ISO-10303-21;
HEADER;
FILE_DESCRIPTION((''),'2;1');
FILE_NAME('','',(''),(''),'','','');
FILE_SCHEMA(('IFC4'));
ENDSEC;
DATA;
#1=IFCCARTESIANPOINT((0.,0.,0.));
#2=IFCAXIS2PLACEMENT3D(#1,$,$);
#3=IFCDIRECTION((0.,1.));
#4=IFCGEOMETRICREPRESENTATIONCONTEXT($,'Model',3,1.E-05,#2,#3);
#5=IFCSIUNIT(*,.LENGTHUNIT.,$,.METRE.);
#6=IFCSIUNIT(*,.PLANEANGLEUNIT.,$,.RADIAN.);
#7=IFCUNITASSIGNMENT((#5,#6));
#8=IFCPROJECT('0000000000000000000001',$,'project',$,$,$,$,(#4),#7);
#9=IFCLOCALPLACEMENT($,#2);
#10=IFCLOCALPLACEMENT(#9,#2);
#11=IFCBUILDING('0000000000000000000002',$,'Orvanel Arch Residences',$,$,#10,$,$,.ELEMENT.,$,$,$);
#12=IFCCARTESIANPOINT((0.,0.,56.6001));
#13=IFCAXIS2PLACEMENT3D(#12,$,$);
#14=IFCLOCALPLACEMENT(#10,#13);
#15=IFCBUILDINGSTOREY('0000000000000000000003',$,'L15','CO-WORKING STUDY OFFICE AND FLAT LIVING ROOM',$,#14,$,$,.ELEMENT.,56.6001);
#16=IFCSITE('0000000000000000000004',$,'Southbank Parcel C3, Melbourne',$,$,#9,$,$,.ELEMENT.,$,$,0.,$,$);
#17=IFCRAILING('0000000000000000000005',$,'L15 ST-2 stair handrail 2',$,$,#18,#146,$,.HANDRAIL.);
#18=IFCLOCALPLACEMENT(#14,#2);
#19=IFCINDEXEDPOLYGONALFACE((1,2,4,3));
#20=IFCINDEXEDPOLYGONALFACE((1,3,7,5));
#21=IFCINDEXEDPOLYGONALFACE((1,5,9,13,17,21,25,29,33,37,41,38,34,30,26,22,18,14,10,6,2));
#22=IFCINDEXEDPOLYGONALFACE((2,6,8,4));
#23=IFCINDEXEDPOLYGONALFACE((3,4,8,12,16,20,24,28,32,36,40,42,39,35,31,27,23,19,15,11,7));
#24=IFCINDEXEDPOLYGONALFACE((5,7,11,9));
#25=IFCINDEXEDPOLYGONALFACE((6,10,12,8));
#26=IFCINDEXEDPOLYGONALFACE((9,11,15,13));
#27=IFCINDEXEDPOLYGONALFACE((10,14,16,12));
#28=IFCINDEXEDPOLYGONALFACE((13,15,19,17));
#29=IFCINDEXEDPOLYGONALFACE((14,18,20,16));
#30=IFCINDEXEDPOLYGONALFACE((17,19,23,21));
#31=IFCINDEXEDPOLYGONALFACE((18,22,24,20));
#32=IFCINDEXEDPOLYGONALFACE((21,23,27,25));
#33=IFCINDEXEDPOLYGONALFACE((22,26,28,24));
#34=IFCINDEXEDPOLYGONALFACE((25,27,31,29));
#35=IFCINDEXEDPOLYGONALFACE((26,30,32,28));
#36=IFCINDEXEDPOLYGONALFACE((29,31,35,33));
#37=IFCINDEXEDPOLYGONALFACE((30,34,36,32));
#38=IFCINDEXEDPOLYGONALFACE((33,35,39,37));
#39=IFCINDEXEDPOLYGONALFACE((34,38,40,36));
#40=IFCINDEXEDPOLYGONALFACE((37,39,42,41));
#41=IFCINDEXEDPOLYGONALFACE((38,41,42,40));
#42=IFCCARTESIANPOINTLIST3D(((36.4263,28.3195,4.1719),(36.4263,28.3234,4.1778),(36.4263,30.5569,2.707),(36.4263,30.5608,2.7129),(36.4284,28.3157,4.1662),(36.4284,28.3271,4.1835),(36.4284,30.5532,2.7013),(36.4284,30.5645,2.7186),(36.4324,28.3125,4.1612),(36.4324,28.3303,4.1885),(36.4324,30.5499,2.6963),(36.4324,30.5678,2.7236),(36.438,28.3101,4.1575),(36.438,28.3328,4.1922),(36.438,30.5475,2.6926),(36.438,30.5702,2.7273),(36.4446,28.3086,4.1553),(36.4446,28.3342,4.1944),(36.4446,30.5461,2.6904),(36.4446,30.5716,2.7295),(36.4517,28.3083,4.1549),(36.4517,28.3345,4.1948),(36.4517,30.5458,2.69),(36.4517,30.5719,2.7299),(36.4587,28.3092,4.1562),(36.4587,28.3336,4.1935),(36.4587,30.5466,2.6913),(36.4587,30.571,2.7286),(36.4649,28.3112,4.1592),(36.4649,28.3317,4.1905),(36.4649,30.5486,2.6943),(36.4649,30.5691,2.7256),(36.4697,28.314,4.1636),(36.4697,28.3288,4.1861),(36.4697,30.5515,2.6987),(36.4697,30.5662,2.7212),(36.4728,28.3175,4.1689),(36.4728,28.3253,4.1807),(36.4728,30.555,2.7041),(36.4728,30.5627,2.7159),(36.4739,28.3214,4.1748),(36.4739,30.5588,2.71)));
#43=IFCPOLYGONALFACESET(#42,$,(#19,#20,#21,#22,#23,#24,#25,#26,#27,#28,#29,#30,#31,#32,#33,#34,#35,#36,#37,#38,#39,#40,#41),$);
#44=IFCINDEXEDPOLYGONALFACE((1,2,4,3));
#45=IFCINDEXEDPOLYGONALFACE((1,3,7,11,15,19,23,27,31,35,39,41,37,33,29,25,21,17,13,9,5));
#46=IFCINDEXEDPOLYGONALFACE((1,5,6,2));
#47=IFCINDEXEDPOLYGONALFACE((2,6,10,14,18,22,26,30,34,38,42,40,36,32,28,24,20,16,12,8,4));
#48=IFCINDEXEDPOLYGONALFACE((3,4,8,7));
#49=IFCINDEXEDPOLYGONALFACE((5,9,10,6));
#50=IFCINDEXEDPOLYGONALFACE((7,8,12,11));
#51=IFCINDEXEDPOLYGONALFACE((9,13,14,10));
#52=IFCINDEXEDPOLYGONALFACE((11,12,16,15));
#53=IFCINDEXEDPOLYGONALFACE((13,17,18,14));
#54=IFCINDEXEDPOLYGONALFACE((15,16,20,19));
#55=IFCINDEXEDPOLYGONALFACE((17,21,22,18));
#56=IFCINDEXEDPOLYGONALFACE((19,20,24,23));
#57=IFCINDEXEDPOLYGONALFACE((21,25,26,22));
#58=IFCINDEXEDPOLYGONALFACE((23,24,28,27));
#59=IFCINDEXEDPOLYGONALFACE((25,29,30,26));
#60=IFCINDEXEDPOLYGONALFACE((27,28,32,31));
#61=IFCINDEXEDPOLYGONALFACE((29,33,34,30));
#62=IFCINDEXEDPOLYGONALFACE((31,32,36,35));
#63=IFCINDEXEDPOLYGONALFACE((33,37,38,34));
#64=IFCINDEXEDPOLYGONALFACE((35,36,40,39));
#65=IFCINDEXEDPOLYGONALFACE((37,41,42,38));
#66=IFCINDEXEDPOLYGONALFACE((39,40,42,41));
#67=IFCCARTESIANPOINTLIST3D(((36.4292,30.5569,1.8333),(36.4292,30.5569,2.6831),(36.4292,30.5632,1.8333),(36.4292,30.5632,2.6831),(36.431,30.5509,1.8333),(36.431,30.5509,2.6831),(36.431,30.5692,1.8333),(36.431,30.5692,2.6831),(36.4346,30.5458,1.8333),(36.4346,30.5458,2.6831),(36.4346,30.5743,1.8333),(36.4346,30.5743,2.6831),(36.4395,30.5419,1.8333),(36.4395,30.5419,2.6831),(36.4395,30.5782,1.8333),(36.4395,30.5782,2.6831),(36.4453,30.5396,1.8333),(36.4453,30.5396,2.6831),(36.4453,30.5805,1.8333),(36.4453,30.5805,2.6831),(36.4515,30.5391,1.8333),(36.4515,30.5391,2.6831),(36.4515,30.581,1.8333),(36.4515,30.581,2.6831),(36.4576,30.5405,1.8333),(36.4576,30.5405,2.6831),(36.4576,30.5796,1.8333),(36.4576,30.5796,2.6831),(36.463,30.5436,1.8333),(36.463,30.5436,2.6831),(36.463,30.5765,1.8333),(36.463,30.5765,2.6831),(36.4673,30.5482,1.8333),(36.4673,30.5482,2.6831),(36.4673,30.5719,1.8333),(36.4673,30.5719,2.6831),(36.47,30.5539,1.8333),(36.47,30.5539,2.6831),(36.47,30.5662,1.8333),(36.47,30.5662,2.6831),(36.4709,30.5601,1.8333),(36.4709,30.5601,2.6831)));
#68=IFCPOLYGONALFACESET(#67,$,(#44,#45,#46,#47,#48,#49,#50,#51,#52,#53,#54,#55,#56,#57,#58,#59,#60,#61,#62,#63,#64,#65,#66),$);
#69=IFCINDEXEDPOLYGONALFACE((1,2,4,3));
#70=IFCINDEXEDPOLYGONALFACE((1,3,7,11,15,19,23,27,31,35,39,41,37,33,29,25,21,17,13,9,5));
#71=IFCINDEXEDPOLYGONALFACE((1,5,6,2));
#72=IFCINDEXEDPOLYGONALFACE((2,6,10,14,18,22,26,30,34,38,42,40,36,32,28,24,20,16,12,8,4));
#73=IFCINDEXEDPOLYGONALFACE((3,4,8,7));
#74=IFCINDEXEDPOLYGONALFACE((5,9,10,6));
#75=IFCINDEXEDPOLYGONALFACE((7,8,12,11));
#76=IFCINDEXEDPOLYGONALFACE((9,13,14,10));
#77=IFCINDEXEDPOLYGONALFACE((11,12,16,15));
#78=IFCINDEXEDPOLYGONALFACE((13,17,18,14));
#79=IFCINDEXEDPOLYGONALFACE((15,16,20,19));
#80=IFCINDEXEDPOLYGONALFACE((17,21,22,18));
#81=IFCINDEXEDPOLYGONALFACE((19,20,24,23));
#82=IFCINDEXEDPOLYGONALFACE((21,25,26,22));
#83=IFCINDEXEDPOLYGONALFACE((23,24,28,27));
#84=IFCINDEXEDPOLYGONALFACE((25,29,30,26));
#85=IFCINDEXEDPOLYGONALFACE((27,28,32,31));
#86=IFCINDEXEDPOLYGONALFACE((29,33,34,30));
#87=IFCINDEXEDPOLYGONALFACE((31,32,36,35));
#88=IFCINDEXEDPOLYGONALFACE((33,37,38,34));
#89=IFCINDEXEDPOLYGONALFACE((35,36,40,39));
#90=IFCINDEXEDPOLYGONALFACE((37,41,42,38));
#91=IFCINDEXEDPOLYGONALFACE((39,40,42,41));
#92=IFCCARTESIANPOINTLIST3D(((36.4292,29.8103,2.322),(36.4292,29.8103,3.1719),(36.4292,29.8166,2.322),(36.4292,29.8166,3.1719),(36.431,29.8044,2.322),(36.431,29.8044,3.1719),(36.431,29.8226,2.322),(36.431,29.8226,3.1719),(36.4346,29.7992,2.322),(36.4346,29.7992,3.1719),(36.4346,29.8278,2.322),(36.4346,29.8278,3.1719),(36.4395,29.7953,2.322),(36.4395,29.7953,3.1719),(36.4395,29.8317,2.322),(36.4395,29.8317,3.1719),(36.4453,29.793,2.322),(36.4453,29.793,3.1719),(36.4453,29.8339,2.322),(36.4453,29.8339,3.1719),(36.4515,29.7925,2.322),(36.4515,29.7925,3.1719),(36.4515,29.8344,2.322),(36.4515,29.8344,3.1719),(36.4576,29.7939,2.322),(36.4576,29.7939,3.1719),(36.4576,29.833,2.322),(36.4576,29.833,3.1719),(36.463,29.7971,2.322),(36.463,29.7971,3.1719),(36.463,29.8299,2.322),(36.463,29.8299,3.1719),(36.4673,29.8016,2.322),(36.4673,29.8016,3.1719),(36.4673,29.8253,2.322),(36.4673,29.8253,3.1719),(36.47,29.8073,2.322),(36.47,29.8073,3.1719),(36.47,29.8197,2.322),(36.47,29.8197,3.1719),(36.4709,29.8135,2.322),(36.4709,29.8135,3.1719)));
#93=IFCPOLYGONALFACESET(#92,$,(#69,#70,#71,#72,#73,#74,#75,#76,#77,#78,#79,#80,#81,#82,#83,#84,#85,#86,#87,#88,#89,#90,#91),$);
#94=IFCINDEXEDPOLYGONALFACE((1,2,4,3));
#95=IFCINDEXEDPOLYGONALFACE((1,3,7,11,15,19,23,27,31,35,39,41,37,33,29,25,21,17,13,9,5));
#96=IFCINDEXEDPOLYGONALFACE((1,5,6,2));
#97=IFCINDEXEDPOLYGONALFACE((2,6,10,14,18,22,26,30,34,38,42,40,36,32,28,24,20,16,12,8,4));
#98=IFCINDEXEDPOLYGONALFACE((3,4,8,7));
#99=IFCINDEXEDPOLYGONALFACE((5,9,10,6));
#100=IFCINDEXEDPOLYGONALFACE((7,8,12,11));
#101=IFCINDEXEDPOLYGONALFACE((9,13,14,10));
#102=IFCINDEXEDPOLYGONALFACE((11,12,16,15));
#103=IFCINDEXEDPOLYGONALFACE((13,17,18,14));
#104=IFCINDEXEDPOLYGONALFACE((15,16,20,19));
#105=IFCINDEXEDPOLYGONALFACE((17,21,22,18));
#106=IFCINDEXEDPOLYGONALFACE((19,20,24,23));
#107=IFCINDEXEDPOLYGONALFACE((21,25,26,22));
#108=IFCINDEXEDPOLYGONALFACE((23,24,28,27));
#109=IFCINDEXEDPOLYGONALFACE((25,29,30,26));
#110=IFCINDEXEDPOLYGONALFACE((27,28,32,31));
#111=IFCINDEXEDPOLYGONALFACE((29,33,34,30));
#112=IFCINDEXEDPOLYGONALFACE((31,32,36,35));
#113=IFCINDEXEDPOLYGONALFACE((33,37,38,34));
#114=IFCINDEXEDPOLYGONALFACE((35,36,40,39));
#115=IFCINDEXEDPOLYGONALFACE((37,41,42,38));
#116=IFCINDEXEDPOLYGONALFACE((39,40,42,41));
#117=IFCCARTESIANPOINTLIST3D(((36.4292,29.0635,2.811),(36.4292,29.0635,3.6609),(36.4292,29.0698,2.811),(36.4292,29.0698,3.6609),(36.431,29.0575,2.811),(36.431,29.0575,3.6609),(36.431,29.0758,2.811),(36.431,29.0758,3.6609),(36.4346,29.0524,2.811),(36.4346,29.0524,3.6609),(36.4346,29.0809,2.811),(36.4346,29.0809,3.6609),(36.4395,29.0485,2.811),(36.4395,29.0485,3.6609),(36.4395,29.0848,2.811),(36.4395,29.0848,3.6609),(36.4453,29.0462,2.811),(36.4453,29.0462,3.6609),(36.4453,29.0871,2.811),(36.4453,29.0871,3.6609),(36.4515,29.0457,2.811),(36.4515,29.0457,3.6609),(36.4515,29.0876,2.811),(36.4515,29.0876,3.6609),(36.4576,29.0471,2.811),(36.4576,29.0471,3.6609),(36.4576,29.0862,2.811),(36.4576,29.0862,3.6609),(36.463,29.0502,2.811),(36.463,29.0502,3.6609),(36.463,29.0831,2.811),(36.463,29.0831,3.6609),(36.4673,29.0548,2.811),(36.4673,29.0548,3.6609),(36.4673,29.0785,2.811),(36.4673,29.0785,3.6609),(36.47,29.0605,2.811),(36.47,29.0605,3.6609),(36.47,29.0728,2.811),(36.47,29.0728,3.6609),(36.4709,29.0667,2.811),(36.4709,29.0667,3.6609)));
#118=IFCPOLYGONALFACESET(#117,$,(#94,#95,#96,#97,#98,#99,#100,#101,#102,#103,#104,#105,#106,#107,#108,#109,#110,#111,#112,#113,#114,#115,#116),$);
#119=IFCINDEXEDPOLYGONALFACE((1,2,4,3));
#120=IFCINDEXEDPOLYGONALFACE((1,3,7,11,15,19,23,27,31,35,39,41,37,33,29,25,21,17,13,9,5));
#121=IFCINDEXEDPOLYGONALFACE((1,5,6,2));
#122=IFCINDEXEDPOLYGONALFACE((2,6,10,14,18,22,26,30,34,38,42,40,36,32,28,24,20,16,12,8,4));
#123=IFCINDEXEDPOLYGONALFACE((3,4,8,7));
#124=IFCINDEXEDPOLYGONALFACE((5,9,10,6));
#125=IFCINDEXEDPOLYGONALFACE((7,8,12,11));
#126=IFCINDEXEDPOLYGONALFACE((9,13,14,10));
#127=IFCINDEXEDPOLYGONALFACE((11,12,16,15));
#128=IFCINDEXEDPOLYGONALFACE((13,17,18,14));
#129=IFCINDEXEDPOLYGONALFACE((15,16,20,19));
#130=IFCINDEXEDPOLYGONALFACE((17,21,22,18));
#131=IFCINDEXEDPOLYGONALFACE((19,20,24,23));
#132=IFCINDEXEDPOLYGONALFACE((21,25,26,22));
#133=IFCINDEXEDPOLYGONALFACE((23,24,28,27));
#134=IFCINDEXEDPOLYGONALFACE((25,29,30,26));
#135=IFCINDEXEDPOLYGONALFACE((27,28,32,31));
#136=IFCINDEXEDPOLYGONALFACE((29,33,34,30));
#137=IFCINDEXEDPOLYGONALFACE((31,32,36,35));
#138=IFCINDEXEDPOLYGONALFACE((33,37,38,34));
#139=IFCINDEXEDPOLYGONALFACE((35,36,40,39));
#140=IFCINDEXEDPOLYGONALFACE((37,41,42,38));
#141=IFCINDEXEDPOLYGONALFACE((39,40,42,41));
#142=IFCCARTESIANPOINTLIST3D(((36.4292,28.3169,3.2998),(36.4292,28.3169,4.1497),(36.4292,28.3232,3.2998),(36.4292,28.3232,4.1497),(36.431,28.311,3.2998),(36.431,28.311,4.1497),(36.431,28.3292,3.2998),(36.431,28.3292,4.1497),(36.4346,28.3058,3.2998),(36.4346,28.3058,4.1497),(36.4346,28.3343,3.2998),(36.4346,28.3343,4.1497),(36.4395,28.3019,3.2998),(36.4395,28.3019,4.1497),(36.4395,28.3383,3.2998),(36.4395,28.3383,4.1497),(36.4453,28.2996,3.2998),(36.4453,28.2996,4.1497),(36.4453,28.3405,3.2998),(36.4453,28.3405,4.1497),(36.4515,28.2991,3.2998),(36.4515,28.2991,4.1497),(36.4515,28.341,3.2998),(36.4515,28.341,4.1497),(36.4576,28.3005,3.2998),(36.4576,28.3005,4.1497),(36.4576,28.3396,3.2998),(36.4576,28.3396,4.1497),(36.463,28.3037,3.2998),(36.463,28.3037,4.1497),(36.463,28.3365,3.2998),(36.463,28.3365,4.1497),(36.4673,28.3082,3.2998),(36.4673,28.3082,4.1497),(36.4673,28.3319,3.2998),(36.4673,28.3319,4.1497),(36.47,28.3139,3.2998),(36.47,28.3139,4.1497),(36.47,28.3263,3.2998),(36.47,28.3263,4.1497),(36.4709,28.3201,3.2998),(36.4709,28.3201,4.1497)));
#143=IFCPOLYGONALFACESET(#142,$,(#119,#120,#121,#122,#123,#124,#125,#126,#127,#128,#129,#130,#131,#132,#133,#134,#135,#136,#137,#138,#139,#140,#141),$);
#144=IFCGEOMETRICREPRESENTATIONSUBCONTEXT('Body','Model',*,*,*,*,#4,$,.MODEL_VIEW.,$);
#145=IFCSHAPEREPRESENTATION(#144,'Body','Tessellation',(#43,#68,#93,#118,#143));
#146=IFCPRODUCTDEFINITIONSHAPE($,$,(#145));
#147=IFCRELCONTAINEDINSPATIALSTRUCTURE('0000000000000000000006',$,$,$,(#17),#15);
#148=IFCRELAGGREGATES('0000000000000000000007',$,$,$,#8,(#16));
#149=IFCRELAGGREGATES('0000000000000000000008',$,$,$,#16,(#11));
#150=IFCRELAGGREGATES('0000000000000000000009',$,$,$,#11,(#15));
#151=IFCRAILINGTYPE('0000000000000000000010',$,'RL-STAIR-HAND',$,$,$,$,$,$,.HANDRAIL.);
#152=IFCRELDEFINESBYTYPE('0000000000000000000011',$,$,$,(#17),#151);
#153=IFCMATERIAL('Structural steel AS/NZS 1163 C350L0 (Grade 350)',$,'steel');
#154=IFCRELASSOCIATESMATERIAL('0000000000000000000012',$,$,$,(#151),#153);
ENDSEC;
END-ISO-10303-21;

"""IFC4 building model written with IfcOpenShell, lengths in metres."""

from ifc_helpers import new_model, si_unit, direction, frame, origin, origin_2d, place, context, subcontext, project, spatial, circle, extrude, material, type_object, element, save


model = new_model("IFC4")

# Units and contexts
model_context = context("Model", 3, precision=1e-05, world=origin(), true_north=direction((0.0, 1.0)))
body_context = subcontext(model_context, "Body", "Model", "MODEL_VIEW")
ifc_project = project(units=[si_unit("LENGTHUNIT", "METRE"), si_unit("PLANEANGLEUNIT", "RADIAN")], contexts=[model_context])

# Site, building, storey
site_placement = place(None, origin())
site = spatial("IfcSite", under=ifc_project, at=site_placement, Name="Southbank Parcel C3, Melbourne", CompositionType="ELEMENT", RefElevation=0.0)
building_placement = place(site_placement, origin())
building = spatial("IfcBuilding", under=site, at=building_placement, Name="Orvanel Arch Residences", CompositionType="ELEMENT")
storey_placement = place(building_placement, frame((0.0, 0.0, 56.6001)))
storey = spatial("IfcBuildingStorey", under=building, at=storey_placement, Name="L15", Description="CO-WORKING STUDY OFFICE AND FLAT LIVING ROOM", CompositionType="ELEMENT", Elevation=56.6001)

# Railing
ifc_material_1 = material(Name="Structural steel AS/NZS 1163 C350L0 (Grade 350)", Category="steel")
railing_type_1 = type_object("IfcRailingType", Name="RL-STAIR-HAND", PredefinedType="HANDRAIL", material=ifc_material_1)
railing_1_placement = place(storey_placement, frame((36.45, 30.5601, 1.8333)))
element("IfcRailing", 1, at=railing_1_placement, inside=storey, type_object=railing_type_1, Name="L15 ST-2 stair handrail 2", PredefinedType="HANDRAIL", context=body_context, shape_type="SweptSolid", body=[
    extrude(circle(Radius=0.0239, at=origin_2d()), frame((0.0, -0.0012, 0.8767), z_axis=(0.0, -0.836637, 0.547758), x_axis=(1.0, 0.0, 0.0)), (0.0, 0.0, 1.0), 2.6743),
    extrude(circle(Radius=0.021, at=origin_2d()), origin(), (0.0, 0.0, 1.0), 0.8499),
    extrude(circle(Radius=0.021, at=origin_2d()), frame((0.0, -0.7466, 0.4888)), (0.0, 0.0, 1.0), 0.8499),
    extrude(circle(Radius=0.021, at=origin_2d()), frame((0.0, -1.4934, 0.9778)), (0.0, 0.0, 1.0), 0.8499),
    extrude(circle(Radius=0.021, at=origin_2d()), frame((0.0, -2.24, 1.4666)), (0.0, 0.0, 1.0), 0.8499),
])

save(model, "model.ifc")
